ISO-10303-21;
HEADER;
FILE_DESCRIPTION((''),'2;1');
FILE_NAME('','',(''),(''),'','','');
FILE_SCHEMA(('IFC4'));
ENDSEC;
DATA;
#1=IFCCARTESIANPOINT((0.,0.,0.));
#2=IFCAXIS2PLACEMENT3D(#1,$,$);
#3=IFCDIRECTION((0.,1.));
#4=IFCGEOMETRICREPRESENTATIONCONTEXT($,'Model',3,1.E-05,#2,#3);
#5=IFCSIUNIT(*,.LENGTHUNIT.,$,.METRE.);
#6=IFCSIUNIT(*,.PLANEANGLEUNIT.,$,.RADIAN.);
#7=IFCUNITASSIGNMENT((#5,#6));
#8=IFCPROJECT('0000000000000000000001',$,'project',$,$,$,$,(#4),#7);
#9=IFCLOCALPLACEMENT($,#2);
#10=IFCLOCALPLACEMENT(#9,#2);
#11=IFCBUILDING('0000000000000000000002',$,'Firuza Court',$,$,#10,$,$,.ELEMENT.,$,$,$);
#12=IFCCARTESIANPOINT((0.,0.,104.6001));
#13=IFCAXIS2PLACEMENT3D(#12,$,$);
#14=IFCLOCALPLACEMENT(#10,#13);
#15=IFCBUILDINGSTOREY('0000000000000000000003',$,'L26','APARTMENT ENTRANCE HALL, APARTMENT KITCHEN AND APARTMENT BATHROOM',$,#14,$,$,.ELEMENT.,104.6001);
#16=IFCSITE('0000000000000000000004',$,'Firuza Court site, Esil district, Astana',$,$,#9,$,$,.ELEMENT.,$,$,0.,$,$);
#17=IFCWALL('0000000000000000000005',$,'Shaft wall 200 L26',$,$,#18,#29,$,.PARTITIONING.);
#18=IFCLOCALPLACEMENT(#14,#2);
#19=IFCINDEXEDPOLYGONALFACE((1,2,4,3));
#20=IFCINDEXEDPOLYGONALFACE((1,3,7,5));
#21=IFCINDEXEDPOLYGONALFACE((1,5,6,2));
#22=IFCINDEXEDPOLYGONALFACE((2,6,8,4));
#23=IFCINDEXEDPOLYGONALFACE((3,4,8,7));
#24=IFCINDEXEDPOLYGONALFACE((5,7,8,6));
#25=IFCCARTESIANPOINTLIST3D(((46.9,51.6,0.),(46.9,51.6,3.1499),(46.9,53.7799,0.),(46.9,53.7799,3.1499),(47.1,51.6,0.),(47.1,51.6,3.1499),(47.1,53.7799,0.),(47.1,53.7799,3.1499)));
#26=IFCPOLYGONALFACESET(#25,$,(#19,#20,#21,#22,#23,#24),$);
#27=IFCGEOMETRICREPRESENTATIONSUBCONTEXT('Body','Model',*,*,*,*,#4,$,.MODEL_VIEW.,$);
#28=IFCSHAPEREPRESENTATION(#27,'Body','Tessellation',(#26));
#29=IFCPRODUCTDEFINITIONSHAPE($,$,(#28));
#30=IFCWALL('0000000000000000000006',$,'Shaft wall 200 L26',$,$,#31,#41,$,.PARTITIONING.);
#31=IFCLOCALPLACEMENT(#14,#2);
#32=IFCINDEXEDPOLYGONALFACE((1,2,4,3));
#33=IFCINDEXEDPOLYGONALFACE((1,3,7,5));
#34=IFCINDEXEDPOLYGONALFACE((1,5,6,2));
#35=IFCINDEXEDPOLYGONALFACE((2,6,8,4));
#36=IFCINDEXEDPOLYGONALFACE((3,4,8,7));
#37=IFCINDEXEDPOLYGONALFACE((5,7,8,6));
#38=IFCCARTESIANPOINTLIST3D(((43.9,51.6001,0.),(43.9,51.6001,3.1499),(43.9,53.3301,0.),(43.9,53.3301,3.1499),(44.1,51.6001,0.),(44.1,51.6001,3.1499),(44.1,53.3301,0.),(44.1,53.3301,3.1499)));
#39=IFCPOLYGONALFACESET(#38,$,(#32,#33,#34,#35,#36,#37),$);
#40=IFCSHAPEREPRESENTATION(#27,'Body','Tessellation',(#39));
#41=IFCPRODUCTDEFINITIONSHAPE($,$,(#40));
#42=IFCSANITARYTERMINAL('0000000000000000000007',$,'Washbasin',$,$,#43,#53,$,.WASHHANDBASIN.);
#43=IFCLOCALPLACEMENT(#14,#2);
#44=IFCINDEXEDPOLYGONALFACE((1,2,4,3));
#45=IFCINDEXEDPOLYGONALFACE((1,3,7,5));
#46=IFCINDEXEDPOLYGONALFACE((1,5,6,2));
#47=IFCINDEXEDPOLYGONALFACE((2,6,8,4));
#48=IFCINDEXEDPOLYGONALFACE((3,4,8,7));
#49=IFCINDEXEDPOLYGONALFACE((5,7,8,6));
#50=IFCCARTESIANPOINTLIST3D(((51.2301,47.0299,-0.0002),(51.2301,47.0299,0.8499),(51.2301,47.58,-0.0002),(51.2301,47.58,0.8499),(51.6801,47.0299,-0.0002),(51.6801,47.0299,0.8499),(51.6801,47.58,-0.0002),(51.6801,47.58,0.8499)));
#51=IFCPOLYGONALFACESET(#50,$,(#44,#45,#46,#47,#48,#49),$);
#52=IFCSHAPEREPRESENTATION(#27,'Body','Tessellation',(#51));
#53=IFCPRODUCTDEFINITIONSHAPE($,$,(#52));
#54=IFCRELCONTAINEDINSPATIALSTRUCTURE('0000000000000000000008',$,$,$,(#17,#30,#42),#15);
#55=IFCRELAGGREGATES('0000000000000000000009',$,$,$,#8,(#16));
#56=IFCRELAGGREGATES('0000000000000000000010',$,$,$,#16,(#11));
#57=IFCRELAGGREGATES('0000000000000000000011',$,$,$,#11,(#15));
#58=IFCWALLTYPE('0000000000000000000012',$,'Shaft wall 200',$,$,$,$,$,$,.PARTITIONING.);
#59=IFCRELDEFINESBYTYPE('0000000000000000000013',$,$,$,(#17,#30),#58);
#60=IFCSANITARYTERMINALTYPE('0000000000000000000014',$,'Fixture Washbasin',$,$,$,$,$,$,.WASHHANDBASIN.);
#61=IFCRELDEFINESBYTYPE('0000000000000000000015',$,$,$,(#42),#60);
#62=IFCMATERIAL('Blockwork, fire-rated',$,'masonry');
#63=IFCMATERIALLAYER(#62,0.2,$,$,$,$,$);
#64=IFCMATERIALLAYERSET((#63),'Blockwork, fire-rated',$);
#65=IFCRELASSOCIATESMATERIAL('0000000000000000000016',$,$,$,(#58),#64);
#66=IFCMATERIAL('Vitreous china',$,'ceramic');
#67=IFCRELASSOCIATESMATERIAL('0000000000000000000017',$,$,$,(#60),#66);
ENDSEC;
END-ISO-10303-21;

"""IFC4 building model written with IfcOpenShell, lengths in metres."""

from ifc_helpers import new_model, si_unit, direction, frame, frame_2d, origin, origin_2d, place, context, subcontext, project, spatial, rectangle, extrude, material, layer, layer_set, type_object, element, save


model = new_model("IFC4")

# Units and contexts
model_context = context("Model", 3, precision=1e-05, world=origin(), true_north=direction((0.0, 1.0)))
body_context = subcontext(model_context, "Body", "Model", "MODEL_VIEW")
ifc_project = project(units=[si_unit("LENGTHUNIT", "METRE"), si_unit("PLANEANGLEUNIT", "RADIAN")], contexts=[model_context])

# Site, building, storey
site_placement = place(None, origin())
site = spatial("IfcSite", under=ifc_project, at=site_placement, Name="Firuza Court site, Esil district, Astana", CompositionType="ELEMENT", RefElevation=0.0)
building_placement = place(site_placement, origin())
building = spatial("IfcBuilding", under=site, at=building_placement, Name="Firuza Court", CompositionType="ELEMENT")
storey_placement = place(building_placement, frame((0.0, 0.0, 104.6001)))
storey = spatial("IfcBuildingStorey", under=building, at=storey_placement, Name="L26", Description="APARTMENT ENTRANCE HALL, APARTMENT KITCHEN AND APARTMENT BATHROOM", CompositionType="ELEMENT", Elevation=104.6001)

# Shared definitions
ifc_material_1 = material(Name="Blockwork, fire-rated", Category="masonry")
ifc_layer_1 = layer(ifc_material_1, 0.2)
ifc_layer_set_1 = layer_set([ifc_layer_1], Name="Blockwork, fire-rated")
wall_type_1 = type_object("IfcWallType", Name="Shaft wall 200", PredefinedType="PARTITIONING", material=ifc_layer_set_1)

# Walls
for number, where, z_axis, x_axis, name in (
    (1, (47.0, 51.6001, 0.0), (0.0, 0.0, 1.0), (0.0, 1.0, 0.0), "Shaft wall 200 L26"),
):
    element("IfcWall", number, at=place(storey_placement, frame(where, z_axis=z_axis, x_axis=x_axis)), inside=storey, type_object=wall_type_1, Name=name, PredefinedType="PARTITIONING", context=body_context, shape_type="SweptSolid", body=[
        extrude(rectangle(XDim=2.1799, YDim=0.2, at=frame_2d((1.0898, 0.0))), origin(), (0.0, 0.0, 1.0), 3.1499),
    ])
wall_1_placement = place(storey_placement, frame((44.0, 51.6001, 0.0), z_axis=(0.0, 0.0, 1.0), x_axis=(0.0, 1.0, 0.0)))
element("IfcWall", 2, at=wall_1_placement, inside=storey, type_object=wall_type_1, Name="Shaft wall 200 L26", PredefinedType="PARTITIONING", context=body_context, shape_type="SweptSolid", body=[
    extrude(rectangle(XDim=1.73, YDim=0.2, at=frame_2d((0.865, 0.0))), origin(), (0.0, 0.0, 1.0), 3.1499),
])

# Sanitary terminal
ifc_material_2 = material(Name="Vitreous china", Category="ceramic")
sanitary_terminal_type = type_object("IfcSanitaryTerminalType", Name="Fixture Washbasin", PredefinedType="WASHHANDBASIN", material=ifc_material_2)
sanitary_terminal_placement = place(storey_placement, frame((51.4551, 47.3049, -0.0002), z_axis=(0.0, 0.0, 1.0), x_axis=(1.0, 0.0, 0.0)))
element("IfcSanitaryTerminal", 3, at=sanitary_terminal_placement, inside=storey, type_object=sanitary_terminal_type, Name="Washbasin", PredefinedType="WASHHANDBASIN", context=body_context, shape_type="SweptSolid", body=[
    extrude(rectangle(XDim=0.45, YDim=0.55, at=origin_2d()), origin(), (0.0, 0.0, 1.0), 0.8501),
])

save(model, "model.ifc")
